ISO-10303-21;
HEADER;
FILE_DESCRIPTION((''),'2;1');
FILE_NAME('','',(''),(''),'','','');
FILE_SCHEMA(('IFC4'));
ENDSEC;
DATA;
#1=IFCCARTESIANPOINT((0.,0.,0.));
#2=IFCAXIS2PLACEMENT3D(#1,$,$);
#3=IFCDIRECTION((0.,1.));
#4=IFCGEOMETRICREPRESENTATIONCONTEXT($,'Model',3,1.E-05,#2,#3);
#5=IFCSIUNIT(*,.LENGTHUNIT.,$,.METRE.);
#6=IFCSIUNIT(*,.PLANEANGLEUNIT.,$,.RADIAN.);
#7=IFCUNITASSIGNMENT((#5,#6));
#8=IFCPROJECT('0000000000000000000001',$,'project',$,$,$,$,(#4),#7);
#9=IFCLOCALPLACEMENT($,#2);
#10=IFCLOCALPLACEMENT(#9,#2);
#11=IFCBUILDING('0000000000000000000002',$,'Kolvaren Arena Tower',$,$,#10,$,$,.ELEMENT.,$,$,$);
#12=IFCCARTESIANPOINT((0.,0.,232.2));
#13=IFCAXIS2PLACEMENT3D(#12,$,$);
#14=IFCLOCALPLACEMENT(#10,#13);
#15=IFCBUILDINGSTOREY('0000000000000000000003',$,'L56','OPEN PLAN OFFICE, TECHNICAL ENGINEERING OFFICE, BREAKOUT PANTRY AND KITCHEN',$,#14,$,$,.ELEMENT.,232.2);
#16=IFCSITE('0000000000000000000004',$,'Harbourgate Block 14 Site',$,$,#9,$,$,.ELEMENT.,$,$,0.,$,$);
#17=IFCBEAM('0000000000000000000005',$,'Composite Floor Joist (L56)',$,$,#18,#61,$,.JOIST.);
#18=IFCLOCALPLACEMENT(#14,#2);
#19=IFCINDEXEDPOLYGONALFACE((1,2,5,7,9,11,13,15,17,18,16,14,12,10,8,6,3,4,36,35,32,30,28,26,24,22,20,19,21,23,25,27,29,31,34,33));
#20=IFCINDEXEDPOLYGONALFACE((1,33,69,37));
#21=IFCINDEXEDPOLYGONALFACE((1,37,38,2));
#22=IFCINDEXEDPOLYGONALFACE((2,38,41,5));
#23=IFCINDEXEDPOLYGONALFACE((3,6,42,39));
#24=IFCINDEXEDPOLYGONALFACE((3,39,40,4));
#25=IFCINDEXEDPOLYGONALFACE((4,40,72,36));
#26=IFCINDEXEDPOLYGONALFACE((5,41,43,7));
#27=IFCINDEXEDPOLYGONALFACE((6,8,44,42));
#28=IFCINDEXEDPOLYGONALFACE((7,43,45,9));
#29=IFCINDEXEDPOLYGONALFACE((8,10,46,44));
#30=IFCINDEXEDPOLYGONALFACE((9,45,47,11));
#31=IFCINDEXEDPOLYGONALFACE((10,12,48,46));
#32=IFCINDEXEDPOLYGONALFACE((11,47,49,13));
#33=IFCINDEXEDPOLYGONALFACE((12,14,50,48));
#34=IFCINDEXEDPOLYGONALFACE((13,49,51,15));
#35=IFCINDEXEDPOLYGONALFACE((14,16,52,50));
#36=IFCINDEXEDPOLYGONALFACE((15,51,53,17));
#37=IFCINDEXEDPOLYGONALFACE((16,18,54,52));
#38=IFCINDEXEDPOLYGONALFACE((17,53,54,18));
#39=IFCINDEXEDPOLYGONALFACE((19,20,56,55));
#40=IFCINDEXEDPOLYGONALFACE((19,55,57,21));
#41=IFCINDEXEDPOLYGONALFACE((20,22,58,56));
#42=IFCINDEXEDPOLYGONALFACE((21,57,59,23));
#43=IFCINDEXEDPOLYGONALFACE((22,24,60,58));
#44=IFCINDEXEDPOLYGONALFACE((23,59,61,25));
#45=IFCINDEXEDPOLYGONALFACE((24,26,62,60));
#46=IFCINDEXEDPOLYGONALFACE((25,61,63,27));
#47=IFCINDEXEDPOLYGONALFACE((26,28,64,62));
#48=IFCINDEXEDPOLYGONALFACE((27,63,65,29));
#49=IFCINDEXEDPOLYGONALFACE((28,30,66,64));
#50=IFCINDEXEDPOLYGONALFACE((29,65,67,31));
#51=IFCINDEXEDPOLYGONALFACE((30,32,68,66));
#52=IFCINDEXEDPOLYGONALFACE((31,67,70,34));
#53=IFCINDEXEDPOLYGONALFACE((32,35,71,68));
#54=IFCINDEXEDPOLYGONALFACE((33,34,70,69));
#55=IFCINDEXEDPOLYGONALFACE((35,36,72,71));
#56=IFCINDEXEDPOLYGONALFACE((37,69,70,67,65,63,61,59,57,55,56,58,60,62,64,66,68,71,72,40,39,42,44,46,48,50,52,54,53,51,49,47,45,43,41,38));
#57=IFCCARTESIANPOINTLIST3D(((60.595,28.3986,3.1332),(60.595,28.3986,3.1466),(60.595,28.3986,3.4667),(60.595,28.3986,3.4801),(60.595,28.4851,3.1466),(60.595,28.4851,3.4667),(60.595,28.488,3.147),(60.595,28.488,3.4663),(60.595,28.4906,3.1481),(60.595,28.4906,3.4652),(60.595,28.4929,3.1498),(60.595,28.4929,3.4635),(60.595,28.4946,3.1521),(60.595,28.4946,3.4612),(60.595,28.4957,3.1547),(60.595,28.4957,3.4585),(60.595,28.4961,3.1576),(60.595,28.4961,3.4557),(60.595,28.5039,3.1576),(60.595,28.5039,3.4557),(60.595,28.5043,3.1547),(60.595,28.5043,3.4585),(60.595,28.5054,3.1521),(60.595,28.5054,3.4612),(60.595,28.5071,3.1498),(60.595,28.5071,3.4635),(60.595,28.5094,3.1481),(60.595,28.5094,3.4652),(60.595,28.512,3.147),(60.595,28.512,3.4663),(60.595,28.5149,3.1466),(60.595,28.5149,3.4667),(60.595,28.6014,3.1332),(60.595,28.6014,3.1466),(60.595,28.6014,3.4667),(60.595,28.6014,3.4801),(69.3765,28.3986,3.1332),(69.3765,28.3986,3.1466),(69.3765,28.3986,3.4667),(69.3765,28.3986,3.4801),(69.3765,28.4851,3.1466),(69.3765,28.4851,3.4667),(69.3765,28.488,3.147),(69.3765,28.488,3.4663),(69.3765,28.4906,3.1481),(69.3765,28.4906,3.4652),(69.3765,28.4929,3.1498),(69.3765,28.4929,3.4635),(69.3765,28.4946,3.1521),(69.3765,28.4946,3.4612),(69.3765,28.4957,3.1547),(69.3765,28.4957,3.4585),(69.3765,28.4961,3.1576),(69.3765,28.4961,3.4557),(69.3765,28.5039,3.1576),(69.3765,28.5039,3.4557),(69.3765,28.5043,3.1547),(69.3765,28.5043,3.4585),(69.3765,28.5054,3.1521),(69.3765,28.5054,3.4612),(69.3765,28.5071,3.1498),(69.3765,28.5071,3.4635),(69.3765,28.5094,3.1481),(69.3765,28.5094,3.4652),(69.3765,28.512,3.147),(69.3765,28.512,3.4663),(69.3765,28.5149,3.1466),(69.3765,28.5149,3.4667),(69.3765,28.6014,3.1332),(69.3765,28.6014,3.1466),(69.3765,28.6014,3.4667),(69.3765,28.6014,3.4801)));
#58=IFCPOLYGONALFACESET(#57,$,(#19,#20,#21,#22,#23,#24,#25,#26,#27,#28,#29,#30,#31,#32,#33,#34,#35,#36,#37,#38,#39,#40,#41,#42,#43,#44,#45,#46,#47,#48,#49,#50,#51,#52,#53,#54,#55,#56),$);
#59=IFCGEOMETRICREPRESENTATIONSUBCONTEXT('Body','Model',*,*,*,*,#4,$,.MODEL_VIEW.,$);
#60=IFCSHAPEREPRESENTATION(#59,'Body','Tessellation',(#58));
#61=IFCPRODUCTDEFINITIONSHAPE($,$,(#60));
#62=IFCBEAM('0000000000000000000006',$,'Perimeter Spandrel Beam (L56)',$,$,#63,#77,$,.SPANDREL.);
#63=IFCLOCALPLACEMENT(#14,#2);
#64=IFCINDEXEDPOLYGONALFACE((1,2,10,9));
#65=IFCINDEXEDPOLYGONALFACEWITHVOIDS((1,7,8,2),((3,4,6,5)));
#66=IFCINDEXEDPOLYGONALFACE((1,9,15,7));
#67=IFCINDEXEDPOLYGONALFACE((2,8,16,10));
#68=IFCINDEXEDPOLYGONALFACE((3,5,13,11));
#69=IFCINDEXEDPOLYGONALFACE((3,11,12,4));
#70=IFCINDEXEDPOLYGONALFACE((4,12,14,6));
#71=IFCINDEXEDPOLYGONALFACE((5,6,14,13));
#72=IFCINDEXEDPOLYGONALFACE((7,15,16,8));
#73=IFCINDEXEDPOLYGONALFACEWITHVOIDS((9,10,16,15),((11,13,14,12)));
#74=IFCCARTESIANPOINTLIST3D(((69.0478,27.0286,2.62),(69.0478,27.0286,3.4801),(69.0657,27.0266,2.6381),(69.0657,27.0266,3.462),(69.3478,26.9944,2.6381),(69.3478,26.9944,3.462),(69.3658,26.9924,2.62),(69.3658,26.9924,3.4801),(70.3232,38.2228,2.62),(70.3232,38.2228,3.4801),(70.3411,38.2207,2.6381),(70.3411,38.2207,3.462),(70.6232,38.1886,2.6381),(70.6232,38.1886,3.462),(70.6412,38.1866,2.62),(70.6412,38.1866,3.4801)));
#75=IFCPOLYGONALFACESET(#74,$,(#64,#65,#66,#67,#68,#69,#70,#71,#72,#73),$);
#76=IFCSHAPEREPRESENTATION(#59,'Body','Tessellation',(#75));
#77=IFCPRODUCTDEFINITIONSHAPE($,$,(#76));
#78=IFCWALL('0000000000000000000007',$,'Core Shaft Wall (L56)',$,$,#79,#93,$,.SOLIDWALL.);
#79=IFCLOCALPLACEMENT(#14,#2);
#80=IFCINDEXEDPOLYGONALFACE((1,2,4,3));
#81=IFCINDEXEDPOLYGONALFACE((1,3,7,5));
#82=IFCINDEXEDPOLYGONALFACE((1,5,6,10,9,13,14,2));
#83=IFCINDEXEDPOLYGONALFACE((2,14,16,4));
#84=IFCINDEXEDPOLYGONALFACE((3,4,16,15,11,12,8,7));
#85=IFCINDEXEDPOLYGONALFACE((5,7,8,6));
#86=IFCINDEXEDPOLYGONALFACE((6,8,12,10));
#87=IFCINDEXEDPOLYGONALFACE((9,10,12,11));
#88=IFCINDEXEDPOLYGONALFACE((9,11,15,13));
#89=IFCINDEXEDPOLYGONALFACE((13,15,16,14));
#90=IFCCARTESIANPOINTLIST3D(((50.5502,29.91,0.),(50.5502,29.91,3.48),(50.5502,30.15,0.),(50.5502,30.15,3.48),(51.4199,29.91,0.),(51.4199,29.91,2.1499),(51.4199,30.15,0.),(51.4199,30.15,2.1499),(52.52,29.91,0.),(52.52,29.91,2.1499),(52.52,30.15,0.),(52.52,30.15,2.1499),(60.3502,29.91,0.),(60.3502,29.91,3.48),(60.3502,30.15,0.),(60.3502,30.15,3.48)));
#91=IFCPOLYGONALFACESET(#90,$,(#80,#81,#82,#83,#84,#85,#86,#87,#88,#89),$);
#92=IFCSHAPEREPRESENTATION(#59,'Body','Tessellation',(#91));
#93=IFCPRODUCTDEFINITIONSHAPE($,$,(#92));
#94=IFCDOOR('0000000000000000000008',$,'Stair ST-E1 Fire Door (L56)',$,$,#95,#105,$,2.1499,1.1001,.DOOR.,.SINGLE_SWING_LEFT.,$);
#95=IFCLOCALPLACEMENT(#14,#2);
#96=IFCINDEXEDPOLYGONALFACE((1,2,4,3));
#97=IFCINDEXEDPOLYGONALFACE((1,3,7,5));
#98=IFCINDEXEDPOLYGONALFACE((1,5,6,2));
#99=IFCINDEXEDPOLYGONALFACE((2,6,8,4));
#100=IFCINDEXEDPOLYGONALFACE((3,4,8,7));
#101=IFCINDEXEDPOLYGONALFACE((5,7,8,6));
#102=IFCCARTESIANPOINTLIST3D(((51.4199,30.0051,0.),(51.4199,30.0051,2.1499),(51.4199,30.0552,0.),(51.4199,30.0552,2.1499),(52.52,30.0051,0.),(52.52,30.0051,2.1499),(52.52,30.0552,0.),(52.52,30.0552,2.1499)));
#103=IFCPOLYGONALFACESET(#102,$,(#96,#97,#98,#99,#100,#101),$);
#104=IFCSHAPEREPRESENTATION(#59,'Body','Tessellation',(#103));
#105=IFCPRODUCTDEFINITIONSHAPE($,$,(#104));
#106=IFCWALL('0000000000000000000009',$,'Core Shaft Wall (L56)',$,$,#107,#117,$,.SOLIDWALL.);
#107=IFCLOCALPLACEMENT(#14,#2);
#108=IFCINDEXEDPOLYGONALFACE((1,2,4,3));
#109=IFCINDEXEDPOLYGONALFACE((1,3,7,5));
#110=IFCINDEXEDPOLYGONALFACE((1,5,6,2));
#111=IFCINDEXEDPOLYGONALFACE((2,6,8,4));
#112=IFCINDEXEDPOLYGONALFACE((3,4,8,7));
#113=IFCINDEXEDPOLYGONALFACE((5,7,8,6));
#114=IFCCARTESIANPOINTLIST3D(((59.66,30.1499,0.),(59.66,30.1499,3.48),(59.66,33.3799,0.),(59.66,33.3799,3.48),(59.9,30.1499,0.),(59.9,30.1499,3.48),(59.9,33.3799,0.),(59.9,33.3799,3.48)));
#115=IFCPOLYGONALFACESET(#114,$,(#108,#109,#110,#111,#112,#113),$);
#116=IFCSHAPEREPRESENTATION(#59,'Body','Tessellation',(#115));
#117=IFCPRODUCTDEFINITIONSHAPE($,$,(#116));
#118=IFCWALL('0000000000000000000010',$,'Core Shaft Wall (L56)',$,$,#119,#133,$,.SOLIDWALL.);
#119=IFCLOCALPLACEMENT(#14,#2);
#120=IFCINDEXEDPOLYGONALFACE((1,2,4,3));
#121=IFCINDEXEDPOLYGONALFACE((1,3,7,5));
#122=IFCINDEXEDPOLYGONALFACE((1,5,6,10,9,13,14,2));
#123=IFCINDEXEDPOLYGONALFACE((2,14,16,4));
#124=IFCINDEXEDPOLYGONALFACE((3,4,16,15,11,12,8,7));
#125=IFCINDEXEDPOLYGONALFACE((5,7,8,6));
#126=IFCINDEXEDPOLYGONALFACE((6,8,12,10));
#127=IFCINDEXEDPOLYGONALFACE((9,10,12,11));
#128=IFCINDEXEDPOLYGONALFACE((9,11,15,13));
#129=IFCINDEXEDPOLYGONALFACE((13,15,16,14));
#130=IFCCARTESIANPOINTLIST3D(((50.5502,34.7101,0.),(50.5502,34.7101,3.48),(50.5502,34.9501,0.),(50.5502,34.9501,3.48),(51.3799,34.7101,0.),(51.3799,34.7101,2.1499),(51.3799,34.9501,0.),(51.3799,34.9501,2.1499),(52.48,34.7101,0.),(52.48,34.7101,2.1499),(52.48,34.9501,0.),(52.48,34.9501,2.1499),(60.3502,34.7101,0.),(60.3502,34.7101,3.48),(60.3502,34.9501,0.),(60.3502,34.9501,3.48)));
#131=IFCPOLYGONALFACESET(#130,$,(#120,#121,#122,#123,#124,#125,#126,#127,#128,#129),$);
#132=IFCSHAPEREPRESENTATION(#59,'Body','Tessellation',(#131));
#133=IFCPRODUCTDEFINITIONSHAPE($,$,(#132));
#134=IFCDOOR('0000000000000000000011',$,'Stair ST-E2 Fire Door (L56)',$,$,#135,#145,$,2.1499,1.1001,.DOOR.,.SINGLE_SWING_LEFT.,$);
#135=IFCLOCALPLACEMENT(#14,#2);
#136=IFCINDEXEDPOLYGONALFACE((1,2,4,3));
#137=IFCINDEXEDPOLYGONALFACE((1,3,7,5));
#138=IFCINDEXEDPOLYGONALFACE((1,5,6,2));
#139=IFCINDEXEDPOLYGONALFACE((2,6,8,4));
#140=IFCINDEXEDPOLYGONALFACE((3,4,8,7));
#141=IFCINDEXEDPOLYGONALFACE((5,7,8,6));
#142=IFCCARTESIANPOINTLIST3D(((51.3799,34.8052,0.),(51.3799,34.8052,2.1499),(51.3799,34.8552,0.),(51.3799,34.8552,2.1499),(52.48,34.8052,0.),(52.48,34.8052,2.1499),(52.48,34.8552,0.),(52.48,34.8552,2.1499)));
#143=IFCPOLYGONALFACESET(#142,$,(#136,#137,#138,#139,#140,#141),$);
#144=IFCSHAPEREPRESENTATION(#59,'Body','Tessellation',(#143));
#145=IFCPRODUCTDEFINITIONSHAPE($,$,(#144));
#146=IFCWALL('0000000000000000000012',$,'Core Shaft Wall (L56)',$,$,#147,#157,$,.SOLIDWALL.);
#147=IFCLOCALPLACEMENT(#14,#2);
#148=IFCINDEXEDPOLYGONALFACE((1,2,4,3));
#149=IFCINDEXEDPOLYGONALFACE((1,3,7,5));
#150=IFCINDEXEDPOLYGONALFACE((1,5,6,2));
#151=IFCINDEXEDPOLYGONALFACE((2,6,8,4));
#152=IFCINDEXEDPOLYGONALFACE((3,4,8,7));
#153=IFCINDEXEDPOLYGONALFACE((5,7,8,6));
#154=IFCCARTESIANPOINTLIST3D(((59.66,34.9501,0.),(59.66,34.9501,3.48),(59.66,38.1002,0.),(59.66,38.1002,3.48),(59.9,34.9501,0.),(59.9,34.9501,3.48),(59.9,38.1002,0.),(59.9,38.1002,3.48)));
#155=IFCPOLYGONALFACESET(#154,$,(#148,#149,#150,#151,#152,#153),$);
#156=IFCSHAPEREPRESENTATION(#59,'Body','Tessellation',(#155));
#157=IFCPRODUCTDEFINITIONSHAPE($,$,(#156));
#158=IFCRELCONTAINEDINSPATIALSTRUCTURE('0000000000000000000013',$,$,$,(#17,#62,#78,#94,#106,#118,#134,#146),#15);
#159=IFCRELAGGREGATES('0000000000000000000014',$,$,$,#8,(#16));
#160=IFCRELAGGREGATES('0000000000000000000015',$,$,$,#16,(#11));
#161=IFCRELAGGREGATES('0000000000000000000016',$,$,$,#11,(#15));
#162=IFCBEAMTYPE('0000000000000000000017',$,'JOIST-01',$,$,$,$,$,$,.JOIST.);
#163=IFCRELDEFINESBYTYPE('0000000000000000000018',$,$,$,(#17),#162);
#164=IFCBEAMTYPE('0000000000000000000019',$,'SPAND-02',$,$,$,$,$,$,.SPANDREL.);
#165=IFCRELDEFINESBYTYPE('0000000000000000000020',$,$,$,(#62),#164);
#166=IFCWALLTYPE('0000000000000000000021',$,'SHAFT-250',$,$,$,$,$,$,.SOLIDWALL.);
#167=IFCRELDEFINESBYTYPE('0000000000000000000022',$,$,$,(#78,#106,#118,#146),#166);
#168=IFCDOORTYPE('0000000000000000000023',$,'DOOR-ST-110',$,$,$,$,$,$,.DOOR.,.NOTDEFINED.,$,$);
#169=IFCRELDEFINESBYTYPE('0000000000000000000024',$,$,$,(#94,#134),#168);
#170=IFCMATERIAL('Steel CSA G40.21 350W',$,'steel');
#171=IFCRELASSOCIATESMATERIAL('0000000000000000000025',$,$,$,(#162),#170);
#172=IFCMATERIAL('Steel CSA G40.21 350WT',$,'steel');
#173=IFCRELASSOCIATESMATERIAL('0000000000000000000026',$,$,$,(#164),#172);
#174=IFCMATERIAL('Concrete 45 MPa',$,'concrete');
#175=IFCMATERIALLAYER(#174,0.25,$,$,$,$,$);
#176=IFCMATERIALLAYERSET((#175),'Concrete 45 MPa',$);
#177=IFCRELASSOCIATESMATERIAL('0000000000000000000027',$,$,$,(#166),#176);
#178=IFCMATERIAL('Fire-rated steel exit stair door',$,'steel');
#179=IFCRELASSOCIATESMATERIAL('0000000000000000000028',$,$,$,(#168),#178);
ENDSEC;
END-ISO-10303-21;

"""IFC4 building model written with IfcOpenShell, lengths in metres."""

from ifc_helpers import new_model, si_unit, direction, frame, frame_2d, origin, origin_2d, place, context, subcontext, project, spatial, rectangle, hollow_rectangle, i_section, extrude, material, layer, layer_set, material_profile, profile_set, type_object, element, fill, save


model = new_model("IFC4")

# Units and contexts
model_context = context("Model", 3, precision=1e-05, world=origin(), true_north=direction((0.0, 1.0)))
body_context = subcontext(model_context, "Body", "Model", "MODEL_VIEW")
ifc_project = project(units=[si_unit("LENGTHUNIT", "METRE"), si_unit("PLANEANGLEUNIT", "RADIAN")], contexts=[model_context])

# Site, building, storey
site_placement = place(None, origin())
site = spatial("IfcSite", under=ifc_project, at=site_placement, Name="Harbourgate Block 14 Site", CompositionType="ELEMENT", RefElevation=0.0)
building_placement = place(site_placement, origin())
building = spatial("IfcBuilding", under=site, at=building_placement, Name="Kolvaren Arena Tower", CompositionType="ELEMENT")
storey_placement = place(building_placement, frame((0.0, 0.0, 232.2)))
storey = spatial("IfcBuildingStorey", under=building, at=storey_placement, Name="L56", Description="OPEN PLAN OFFICE, TECHNICAL ENGINEERING OFFICE, BREAKOUT PANTRY AND KITCHEN", CompositionType="ELEMENT", Elevation=232.2)

# Beams
ifc_material_1 = material(Name="Steel CSA G40.21 350W", Category="steel")
ifc_material_profile_1 = material_profile(ifc_material_1, i_section(OverallWidth=0.2029, OverallDepth=0.3469, WebThickness=0.0078, FlangeThickness=0.0134, FilletRadius=0.011, at=origin_2d()), Name="W360x64")
ifc_profile_set_1 = profile_set([ifc_material_profile_1], Name="Steel CSA G40.21 350W")
beam_type_1 = type_object("IfcBeamType", Name="JOIST-01", PredefinedType="JOIST", material=ifc_profile_set_1)
beam_1_placement = place(storey_placement, frame((60.595, 28.5, 3.3066), z_axis=(1.0, 0.0, 0.0), x_axis=(0.0, 1.0, 0.0)))
element("IfcBeam", 1, at=beam_1_placement, inside=storey, type_object=beam_type_1, Name="Composite Floor Joist (L56)", PredefinedType="JOIST", context=body_context, shape_type="SweptSolid", body=[
    extrude(i_section(OverallWidth=0.2029, OverallDepth=0.3469, WebThickness=0.0078, FlangeThickness=0.0134, FilletRadius=0.011, at=origin_2d()), origin(), (0.0, 0.0, 1.0), 8.7815),
])
ifc_material_2 = material(Name="Steel CSA G40.21 350WT", Category="steel")
ifc_material_profile_2 = material_profile(ifc_material_2, hollow_rectangle(XDim=0.3201, YDim=0.8601, WallThickness=0.0181, at=origin_2d()), Name="HSS 860x320x18")
ifc_profile_set_2 = profile_set([ifc_material_profile_2], Name="Steel CSA G40.21 350WT")
beam_type_2 = type_object("IfcBeamType", Name="SPAND-02", PredefinedType="SPANDREL", material=ifc_profile_set_2)
beam_2_placement = place(storey_placement, frame((69.2068, 27.0105, 3.05), z_axis=(0.113202, 0.993572, 0.0), x_axis=(-0.993572, 0.113202, 0.0)))
element("IfcBeam", 2, at=beam_2_placement, inside=storey, type_object=beam_type_2, Name="Perimeter Spandrel Beam (L56)", PredefinedType="SPANDREL", context=body_context, shape_type="SweptSolid", body=[
    extrude(hollow_rectangle(XDim=0.3201, YDim=0.8601, WallThickness=0.0181, at=origin_2d()), origin(), (0.0, 0.0, 1.0), 11.2666),
])

# Wall, opening, door
ifc_material_3 = material(Name="Concrete 45 MPa", Category="concrete")
ifc_layer = layer(ifc_material_3, 0.25)
ifc_layer_set = layer_set([ifc_layer], Name="Concrete 45 MPa")
wall_type = type_object("IfcWallType", Name="SHAFT-250", PredefinedType="SOLIDWALL", material=ifc_layer_set)
wall_1_placement = place(storey_placement, frame((60.3501, 30.03, 0.0), z_axis=(0.0, 0.0, 1.0), x_axis=(-1.0, 0.0, 0.0)))
wall_1 = element("IfcWall", 3, at=wall_1_placement, inside=storey, type_object=wall_type, Name="Core Shaft Wall (L56)", PredefinedType="SOLIDWALL", context=body_context, shape_type="SweptSolid", body=[
    extrude(rectangle(XDim=9.8, YDim=0.24, at=frame_2d((4.8999, 0.0))), origin(), (0.0, 0.0, 1.0), 3.48),
])
opening_1_placement = place(wall_1_placement, frame((7.8301, 0.0, 0.0)))
opening_1 = element("IfcOpeningElement", 4, at=opening_1_placement, cuts=wall_1, PredefinedType="OPENING", context=body_context, shape_type="SweptSolid", body=[
    extrude(rectangle(XDim=1.1001, YDim=2.1499, at=frame_2d((0.55, 1.075))), frame((0.0, 0.1299, 0.0), z_axis=(0.0, -1.0, 0.0), x_axis=(1.0, 0.0, 0.0)), (0.0, 0.0, 1.0), 0.26),
])
ifc_material_4 = material(Name="Fire-rated steel exit stair door", Category="steel")
door_type_1 = type_object("IfcDoorType", Name="DOOR-ST-110", OperationType="NOTDEFINED", PredefinedType="DOOR", material=ifc_material_4)
door_1_placement = place(opening_1_placement, origin())
door_1 = element("IfcDoor", 5, at=door_1_placement, inside=storey, type_object=door_type_1, Name="Stair ST-E1 Fire Door (L56)", OperationType="SINGLE_SWING_LEFT", OverallHeight=2.1499, OverallWidth=1.1001, PredefinedType="DOOR", context=body_context, shape_type="SweptSolid", body=[
    extrude(rectangle(XDim=1.1001, YDim=2.1499, at=frame_2d((0.55, 1.075))), frame((0.0, 0.0249, 0.0), z_axis=(0.0, -1.0, 0.0), x_axis=(1.0, 0.0, 0.0)), (0.0, 0.0, 1.0), 0.05),
])
fill(opening_1, door_1)

# Wall
wall_2_placement = place(storey_placement, frame((59.78, 30.1499, 0.0), z_axis=(0.0, 0.0, 1.0), x_axis=(0.0, 1.0, 0.0)))
element("IfcWall", 6, at=wall_2_placement, inside=storey, type_object=wall_type, Name="Core Shaft Wall (L56)", PredefinedType="SOLIDWALL", context=body_context, shape_type="SweptSolid", body=[
    extrude(rectangle(XDim=3.23, YDim=0.24, at=frame_2d((1.615, 0.0))), origin(), (0.0, 0.0, 1.0), 3.48),
])

# Wall, opening, door
wall_3_placement = place(storey_placement, frame((60.3501, 34.8301, 0.0), z_axis=(0.0, 0.0, 1.0), x_axis=(-1.0, 0.0, 0.0)))
wall_3 = element("IfcWall", 7, at=wall_3_placement, inside=storey, type_object=wall_type, Name="Core Shaft Wall (L56)", PredefinedType="SOLIDWALL", context=body_context, shape_type="SweptSolid", body=[
    extrude(rectangle(XDim=9.8, YDim=0.24, at=frame_2d((4.8999, 0.0))), origin(), (0.0, 0.0, 1.0), 3.48),
])
opening_2_placement = place(wall_3_placement, frame((7.8701, 0.0, 0.0)))
opening_2 = element("IfcOpeningElement", 8, at=opening_2_placement, cuts=wall_3, PredefinedType="OPENING", context=body_context, shape_type="SweptSolid", body=[
    extrude(rectangle(XDim=1.1001, YDim=2.1499, at=frame_2d((0.55, 1.075))), frame((0.0, 0.1299, 0.0), z_axis=(0.0, -1.0, 0.0), x_axis=(1.0, 0.0, 0.0)), (0.0, 0.0, 1.0), 0.26),
])
door_2_placement = place(opening_2_placement, origin())
door_2 = element("IfcDoor", 9, at=door_2_placement, inside=storey, type_object=door_type_1, Name="Stair ST-E2 Fire Door (L56)", OperationType="SINGLE_SWING_LEFT", OverallHeight=2.1499, OverallWidth=1.1001, PredefinedType="DOOR", context=body_context, shape_type="SweptSolid", body=[
    extrude(rectangle(XDim=1.1001, YDim=2.1499, at=frame_2d((0.55, 1.075))), frame((0.0, 0.0249, 0.0), z_axis=(0.0, -1.0, 0.0), x_axis=(1.0, 0.0, 0.0)), (0.0, 0.0, 1.0), 0.05),
])
fill(opening_2, door_2)

# Wall
wall_4_placement = place(storey_placement, frame((59.78, 34.95, 0.0), z_axis=(0.0, 0.0, 1.0), x_axis=(0.0, 1.0, 0.0)))
element("IfcWall", 10, at=wall_4_placement, inside=storey, type_object=wall_type, Name="Core Shaft Wall (L56)", PredefinedType="SOLIDWALL", context=body_context, shape_type="SweptSolid", body=[
    extrude(rectangle(XDim=3.1501, YDim=0.24, at=frame_2d((1.5752, 0.0))), origin(), (0.0, 0.0, 1.0), 3.48),
])

save(model, "model.ifc")
